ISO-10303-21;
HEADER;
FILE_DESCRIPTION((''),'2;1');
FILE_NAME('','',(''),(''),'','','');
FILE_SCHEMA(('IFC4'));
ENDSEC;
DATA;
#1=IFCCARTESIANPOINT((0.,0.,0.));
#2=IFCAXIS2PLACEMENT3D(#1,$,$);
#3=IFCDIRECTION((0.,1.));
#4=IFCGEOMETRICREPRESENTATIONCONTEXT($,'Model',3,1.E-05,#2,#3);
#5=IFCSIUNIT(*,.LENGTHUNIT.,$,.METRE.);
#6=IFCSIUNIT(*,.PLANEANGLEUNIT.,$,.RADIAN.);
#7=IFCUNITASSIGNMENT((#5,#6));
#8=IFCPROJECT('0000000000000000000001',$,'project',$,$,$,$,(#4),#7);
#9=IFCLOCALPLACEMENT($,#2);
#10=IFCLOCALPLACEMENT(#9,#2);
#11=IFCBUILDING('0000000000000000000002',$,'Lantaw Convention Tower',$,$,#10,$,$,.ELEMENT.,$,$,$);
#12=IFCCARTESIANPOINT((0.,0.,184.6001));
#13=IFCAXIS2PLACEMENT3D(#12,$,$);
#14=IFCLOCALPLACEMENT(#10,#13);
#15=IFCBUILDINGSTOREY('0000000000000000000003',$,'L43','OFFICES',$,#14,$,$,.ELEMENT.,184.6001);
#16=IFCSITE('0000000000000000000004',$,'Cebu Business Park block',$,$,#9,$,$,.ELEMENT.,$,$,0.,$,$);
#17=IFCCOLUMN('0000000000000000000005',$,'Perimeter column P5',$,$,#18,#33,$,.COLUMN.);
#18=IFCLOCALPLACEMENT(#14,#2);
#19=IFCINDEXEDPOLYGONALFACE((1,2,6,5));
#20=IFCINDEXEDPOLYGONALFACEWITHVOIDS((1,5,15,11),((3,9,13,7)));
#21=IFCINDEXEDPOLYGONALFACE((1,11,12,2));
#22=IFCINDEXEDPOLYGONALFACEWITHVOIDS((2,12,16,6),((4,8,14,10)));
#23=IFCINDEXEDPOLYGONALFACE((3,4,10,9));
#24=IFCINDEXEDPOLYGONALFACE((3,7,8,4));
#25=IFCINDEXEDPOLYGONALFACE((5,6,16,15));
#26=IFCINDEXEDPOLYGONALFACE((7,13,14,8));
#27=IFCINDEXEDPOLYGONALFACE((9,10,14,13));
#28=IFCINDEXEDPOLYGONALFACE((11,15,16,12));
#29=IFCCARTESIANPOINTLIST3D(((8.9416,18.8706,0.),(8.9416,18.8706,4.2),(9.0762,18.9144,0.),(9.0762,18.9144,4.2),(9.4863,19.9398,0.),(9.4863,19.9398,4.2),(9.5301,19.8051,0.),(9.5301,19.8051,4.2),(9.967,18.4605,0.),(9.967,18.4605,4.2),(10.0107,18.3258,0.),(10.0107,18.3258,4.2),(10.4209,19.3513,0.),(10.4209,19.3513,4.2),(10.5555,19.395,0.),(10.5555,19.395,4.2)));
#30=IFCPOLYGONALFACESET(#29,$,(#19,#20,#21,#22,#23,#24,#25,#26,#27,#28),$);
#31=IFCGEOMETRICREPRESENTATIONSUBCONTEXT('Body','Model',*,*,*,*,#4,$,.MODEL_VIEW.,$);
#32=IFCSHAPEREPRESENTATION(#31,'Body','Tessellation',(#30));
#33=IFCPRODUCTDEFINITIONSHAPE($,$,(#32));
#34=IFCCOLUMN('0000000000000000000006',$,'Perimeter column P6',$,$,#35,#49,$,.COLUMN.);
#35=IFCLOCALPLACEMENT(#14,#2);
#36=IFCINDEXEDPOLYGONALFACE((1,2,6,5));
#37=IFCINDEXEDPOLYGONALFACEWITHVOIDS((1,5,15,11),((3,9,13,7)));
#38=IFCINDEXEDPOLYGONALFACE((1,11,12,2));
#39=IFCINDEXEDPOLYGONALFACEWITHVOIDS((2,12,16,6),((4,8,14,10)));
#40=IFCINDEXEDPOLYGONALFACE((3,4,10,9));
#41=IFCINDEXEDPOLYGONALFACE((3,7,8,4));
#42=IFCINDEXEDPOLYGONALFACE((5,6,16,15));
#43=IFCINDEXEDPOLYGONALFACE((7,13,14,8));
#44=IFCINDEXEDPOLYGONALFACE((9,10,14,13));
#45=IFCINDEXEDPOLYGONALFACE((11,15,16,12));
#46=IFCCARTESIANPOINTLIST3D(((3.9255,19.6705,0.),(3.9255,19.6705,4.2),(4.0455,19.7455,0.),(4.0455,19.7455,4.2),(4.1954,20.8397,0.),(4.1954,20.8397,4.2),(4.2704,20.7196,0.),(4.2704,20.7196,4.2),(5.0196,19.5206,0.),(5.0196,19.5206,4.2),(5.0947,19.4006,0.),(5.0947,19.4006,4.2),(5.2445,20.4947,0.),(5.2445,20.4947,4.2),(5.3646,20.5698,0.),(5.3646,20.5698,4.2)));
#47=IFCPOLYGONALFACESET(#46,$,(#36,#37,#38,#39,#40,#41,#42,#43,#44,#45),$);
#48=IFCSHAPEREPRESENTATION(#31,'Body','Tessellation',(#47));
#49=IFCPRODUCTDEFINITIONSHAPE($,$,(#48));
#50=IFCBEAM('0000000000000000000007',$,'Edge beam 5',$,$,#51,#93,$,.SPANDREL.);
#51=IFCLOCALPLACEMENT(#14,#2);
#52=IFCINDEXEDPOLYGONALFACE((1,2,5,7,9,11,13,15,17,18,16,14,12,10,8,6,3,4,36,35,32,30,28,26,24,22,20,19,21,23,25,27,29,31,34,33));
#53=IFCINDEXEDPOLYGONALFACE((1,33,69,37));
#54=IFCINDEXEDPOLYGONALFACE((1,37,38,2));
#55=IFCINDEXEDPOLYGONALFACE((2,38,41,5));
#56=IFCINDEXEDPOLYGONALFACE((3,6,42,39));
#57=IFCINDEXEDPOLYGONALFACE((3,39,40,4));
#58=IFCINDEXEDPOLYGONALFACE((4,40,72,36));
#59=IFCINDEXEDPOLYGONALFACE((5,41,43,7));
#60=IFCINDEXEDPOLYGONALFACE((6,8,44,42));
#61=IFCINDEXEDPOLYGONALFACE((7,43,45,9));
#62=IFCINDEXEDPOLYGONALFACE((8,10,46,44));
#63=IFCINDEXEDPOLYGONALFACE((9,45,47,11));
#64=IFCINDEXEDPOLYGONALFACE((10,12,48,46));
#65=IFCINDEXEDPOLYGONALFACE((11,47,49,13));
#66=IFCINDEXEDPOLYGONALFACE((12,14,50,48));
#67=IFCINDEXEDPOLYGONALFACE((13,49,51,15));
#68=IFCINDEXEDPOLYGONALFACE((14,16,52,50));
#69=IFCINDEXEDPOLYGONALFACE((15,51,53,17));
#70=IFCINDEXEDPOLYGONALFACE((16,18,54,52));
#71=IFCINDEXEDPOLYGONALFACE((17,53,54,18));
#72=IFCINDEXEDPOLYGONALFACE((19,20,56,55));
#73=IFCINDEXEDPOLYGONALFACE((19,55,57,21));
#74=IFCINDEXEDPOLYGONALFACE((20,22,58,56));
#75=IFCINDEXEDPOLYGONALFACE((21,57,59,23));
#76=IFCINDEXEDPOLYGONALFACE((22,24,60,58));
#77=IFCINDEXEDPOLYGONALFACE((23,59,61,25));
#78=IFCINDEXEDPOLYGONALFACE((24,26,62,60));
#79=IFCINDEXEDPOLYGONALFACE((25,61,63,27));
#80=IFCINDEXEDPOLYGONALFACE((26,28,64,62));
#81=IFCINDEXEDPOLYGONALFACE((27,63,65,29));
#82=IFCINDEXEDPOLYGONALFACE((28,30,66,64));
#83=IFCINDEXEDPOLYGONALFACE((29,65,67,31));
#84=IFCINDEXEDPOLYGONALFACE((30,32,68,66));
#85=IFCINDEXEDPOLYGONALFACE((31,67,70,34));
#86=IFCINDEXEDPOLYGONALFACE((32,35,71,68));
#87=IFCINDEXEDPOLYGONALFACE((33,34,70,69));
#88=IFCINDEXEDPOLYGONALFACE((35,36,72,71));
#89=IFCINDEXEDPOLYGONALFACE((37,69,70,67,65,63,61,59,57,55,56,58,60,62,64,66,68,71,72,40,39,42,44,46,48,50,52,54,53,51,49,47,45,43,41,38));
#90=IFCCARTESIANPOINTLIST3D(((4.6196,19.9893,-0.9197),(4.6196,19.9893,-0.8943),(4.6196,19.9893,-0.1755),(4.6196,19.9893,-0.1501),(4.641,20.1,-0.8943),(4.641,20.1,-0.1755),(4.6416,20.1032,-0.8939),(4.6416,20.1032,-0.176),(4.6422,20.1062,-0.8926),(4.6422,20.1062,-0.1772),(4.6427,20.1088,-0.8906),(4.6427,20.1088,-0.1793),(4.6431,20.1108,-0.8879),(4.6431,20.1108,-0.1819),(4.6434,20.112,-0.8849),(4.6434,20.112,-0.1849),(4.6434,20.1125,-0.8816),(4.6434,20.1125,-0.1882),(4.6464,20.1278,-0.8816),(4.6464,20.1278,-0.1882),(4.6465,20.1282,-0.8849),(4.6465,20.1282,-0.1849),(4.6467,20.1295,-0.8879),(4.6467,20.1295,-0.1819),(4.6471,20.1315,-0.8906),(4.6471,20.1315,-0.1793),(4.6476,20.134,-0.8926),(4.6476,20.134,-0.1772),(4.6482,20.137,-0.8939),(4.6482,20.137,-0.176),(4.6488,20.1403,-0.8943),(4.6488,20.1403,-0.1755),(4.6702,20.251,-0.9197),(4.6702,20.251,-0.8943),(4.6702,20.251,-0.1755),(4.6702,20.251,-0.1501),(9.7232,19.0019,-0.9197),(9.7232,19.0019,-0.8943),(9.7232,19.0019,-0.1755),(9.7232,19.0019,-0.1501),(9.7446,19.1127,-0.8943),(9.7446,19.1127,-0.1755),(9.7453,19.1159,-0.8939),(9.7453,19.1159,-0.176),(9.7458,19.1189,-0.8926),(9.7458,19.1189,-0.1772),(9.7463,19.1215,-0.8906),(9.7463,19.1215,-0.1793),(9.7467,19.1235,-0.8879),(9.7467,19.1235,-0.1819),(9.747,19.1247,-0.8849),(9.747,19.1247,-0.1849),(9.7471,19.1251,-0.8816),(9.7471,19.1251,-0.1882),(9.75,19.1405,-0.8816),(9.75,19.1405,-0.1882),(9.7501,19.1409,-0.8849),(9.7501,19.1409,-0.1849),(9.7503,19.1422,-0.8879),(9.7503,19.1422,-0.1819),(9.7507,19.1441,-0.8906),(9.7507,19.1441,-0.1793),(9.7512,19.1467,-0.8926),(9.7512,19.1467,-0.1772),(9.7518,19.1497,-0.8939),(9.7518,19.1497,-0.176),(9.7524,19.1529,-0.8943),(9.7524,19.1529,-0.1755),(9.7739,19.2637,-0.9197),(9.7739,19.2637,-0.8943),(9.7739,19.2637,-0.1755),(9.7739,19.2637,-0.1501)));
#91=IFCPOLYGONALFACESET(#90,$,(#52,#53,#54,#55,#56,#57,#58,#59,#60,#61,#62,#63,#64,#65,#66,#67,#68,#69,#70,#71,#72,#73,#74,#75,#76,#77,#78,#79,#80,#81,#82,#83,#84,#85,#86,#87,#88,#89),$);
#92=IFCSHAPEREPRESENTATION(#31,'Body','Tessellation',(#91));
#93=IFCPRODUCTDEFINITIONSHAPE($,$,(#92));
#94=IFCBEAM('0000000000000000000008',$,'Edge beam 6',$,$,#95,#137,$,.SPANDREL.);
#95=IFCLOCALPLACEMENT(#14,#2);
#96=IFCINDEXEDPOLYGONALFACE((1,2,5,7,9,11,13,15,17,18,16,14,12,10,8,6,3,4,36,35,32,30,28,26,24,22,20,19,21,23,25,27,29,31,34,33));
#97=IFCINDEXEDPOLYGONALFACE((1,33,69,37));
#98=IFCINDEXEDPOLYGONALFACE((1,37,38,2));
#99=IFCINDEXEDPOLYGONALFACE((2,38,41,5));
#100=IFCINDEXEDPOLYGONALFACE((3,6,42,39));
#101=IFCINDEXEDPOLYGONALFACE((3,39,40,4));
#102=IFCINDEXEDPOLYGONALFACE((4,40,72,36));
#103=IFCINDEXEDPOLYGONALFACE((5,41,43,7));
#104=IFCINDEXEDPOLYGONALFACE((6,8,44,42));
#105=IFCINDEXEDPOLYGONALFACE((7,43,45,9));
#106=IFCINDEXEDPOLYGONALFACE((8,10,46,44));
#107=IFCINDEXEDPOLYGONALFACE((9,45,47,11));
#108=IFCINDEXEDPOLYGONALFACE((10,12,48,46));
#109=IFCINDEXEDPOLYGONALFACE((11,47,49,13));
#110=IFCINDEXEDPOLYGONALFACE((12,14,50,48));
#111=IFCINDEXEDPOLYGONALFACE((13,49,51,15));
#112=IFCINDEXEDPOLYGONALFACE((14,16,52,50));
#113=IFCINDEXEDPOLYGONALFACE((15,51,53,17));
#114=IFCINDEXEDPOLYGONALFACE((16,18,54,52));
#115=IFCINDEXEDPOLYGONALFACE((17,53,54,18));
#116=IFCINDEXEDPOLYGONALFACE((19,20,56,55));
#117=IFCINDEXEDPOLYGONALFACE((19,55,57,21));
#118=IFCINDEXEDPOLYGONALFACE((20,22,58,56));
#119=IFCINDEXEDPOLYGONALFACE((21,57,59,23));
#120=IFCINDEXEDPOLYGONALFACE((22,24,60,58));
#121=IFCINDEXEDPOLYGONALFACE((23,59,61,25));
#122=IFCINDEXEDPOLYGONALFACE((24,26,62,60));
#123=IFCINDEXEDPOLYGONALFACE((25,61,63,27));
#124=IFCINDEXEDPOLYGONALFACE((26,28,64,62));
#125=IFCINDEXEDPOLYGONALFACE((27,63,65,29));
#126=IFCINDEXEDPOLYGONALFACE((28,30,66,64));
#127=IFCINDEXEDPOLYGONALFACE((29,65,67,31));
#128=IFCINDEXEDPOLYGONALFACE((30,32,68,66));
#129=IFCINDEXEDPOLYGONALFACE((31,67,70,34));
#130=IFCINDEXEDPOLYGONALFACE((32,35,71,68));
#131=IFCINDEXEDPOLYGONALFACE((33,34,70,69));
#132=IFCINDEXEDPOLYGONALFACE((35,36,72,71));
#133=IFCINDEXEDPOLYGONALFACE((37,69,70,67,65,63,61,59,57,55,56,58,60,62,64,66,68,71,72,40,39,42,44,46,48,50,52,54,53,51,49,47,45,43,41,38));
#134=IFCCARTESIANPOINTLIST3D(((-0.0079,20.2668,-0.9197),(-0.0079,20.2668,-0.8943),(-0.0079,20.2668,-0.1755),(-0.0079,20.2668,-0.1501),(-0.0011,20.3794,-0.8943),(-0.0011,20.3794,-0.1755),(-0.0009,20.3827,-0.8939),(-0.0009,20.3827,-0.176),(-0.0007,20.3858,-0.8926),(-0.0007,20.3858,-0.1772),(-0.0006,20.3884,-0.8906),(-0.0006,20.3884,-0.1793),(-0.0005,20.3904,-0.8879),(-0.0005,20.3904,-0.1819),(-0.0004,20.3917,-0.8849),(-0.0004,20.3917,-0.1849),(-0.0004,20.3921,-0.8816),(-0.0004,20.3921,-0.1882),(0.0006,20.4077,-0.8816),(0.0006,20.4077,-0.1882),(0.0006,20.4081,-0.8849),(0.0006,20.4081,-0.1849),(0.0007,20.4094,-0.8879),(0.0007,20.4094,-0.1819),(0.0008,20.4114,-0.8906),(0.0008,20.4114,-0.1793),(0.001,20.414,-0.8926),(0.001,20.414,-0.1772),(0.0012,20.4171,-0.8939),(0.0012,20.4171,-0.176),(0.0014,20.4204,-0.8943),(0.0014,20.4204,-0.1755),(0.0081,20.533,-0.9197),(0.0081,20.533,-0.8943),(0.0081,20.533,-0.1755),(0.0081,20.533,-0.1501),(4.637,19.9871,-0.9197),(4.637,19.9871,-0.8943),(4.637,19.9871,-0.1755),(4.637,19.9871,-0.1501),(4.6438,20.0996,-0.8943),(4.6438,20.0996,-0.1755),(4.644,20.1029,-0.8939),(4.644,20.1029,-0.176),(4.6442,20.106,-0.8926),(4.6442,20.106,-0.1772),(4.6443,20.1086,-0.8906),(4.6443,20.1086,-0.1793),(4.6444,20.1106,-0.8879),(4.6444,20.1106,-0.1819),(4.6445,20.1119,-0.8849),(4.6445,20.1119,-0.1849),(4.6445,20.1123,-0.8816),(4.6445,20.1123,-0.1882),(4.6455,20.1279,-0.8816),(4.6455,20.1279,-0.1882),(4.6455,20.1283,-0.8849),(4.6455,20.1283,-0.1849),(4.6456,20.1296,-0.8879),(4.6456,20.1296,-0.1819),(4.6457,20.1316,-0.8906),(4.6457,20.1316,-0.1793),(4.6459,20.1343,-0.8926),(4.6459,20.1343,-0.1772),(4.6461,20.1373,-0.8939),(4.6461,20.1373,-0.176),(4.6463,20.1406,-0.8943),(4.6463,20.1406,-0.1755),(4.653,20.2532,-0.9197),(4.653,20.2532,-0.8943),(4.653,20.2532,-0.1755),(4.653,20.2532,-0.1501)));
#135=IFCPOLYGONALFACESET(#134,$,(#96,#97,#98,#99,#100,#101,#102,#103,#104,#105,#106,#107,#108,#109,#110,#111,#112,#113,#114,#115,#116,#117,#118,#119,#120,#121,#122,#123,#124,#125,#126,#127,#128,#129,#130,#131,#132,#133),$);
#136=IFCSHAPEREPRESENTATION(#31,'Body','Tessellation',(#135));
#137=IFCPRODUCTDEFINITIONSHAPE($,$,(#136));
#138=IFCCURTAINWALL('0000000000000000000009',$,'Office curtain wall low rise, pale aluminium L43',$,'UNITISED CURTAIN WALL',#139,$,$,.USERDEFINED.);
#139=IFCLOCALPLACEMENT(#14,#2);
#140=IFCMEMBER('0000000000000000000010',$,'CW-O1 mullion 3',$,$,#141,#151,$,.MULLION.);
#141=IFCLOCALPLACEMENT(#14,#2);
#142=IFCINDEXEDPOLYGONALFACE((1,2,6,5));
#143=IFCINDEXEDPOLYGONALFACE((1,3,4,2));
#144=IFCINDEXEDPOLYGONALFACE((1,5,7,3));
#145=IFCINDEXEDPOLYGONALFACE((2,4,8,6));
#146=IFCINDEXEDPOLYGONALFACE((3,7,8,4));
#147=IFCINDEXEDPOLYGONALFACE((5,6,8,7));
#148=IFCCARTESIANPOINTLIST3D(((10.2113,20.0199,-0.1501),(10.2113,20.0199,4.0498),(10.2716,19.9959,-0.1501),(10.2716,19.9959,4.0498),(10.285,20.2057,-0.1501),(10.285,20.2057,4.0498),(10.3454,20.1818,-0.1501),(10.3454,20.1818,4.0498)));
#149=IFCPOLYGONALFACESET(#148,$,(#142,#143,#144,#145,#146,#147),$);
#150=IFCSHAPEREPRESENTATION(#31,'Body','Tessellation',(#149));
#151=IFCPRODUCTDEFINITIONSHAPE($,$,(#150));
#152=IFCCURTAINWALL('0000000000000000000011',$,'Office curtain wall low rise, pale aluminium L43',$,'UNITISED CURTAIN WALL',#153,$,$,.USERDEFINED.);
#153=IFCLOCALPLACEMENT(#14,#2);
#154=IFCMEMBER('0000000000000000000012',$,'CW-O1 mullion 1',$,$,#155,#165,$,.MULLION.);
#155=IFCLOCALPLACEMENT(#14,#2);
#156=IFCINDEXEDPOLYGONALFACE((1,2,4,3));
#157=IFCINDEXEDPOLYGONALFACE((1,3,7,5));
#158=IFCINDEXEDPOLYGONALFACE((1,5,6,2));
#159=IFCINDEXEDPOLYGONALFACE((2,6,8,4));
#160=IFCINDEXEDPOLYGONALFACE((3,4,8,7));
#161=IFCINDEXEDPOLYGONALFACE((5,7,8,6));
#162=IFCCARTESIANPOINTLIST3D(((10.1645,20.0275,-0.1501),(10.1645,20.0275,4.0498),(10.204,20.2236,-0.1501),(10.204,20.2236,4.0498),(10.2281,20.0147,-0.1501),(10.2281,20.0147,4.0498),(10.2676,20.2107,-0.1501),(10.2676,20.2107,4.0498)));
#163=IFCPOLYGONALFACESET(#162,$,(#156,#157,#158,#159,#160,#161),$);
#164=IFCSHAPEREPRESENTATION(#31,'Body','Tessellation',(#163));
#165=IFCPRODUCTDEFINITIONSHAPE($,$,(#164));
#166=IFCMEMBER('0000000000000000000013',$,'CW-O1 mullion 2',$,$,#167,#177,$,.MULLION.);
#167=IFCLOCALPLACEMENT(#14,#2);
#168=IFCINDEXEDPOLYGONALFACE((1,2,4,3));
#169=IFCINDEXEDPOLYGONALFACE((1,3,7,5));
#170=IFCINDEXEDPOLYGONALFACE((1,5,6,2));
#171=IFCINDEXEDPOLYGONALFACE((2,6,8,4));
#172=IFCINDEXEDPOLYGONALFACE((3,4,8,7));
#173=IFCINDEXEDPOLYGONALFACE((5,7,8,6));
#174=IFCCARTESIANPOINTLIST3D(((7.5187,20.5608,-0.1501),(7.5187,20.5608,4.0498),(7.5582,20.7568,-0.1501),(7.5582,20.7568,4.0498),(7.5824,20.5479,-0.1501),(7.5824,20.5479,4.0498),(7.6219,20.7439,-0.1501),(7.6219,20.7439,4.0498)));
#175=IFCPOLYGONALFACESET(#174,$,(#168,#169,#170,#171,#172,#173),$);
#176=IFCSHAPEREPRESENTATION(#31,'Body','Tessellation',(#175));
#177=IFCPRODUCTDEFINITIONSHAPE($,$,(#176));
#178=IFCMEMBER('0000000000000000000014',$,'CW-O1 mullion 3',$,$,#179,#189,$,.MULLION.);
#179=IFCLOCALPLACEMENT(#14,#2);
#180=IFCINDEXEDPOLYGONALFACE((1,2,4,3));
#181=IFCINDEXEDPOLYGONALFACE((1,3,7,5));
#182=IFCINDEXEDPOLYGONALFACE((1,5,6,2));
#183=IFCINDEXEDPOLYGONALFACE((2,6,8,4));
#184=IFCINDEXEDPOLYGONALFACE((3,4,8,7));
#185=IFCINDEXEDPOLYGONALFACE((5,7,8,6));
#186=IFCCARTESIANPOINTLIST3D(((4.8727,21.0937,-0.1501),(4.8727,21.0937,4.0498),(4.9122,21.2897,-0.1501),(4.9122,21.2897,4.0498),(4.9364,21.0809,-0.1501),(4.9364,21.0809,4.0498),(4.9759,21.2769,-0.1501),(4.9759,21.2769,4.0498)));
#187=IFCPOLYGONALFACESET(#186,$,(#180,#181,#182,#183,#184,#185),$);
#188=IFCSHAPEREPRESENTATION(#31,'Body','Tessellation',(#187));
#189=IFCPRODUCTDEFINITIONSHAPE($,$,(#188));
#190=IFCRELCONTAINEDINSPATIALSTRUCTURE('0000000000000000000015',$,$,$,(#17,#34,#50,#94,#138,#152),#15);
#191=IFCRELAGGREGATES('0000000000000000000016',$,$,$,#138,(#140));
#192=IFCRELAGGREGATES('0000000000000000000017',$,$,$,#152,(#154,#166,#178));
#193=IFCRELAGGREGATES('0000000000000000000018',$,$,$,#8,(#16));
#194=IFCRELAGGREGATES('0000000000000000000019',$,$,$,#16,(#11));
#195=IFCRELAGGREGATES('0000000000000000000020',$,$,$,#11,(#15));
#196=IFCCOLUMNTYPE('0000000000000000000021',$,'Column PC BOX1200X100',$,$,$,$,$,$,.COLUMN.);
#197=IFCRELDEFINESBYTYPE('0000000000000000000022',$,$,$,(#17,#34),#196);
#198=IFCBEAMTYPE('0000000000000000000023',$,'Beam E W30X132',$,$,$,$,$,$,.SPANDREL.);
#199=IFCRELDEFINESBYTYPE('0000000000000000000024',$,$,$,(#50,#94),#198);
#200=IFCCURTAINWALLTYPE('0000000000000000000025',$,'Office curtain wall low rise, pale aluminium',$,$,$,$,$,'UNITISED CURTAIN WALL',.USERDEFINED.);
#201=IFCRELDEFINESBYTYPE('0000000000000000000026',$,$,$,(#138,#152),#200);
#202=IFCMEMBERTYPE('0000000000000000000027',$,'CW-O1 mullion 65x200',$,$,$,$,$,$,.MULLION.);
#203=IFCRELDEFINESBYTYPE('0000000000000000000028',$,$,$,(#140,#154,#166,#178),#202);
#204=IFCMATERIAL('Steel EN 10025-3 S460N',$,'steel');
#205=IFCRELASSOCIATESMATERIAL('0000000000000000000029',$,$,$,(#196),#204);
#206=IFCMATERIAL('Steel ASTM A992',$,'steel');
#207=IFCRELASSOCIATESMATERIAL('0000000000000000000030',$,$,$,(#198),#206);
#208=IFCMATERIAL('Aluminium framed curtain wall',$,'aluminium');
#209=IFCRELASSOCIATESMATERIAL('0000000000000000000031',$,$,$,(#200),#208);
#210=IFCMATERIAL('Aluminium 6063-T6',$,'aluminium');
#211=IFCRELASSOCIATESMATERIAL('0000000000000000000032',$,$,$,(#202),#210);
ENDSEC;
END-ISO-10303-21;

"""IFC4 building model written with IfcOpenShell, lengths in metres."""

from ifc_helpers import new_model, si_unit, direction, frame, origin, origin_2d, place, context, subcontext, project, spatial, rectangle, hollow_rectangle, i_section, extrude, material, material_profile, profile_set, type_object, element, aggregate, save


model = new_model("IFC4")

# Units and contexts
model_context = context("Model", 3, precision=1e-05, world=origin(), true_north=direction((0.0, 1.0)))
body_context = subcontext(model_context, "Body", "Model", "MODEL_VIEW")
ifc_project = project(units=[si_unit("LENGTHUNIT", "METRE"), si_unit("PLANEANGLEUNIT", "RADIAN")], contexts=[model_context])

# Site, building, storey
site_placement = place(None, origin())
site = spatial("IfcSite", under=ifc_project, at=site_placement, Name="Cebu Business Park block", CompositionType="ELEMENT", RefElevation=0.0)
building_placement = place(site_placement, origin())
building = spatial("IfcBuilding", under=site, at=building_placement, Name="Lantaw Convention Tower", CompositionType="ELEMENT")
storey_placement = place(building_placement, frame((0.0, 0.0, 184.6001)))
storey = spatial("IfcBuildingStorey", under=building, at=storey_placement, Name="L43", Description="OFFICES", CompositionType="ELEMENT", Elevation=184.6001)

# Columns
ifc_material_1 = material(Name="Steel EN 10025-3 S460N", Category="steel")
ifc_material_profile_1 = material_profile(ifc_material_1, hollow_rectangle(XDim=1.2, YDim=1.2, WallThickness=0.1001, at=origin_2d()), Name="BOX1200X100")
ifc_material_2 = material(Name="Concrete C60/75", Category="concrete")
ifc_material_profile_2 = material_profile(ifc_material_2, rectangle(XDim=1.0, YDim=1.0, at=origin_2d()), Name="Concrete fill of BOX1200X100")
ifc_profile_set_1 = profile_set([ifc_material_profile_1, ifc_material_profile_2], Name="Steel EN 10025-3 S460N")
column_type = type_object("IfcColumnType", Name="Column PC BOX1200X100", PredefinedType="COLUMN", material=ifc_profile_set_1)
for number, where, z_axis, x_axis, name in (
    (1, (9.7485, 19.1328, 0.0), (0.0, 0.0, 1.0), (0.45399, 0.891007, 0.0), "Perimeter column P5"),
    (2, (4.645, 20.1201, 0.0), (0.0, 0.0, 1.0), (0.224951, 0.97437, 0.0), "Perimeter column P6"),
):
    element("IfcColumn", number, at=place(storey_placement, frame(where, z_axis=z_axis, x_axis=x_axis)), inside=storey, type_object=column_type, Name=name, PredefinedType="COLUMN", context=body_context, shape_type="SweptSolid", body=[
        extrude(hollow_rectangle(XDim=1.2, YDim=1.2, WallThickness=0.1001, at=origin_2d()), origin(), (0.0, 0.0, 1.0), 4.2),
    ])

# Beams
ifc_material_3 = material(Name="Steel ASTM A992", Category="steel")
ifc_material_profile_3 = material_profile(ifc_material_3, i_section(OverallWidth=0.2666, OverallDepth=0.7695, WebThickness=0.0156, FlangeThickness=0.0254, FilletRadius=0.0127, at=origin_2d()), Name="W30X132")
ifc_profile_set_2 = profile_set([ifc_material_profile_3], Name="Steel ASTM A992")
beam_type = type_object("IfcBeamType", Name="Beam E W30X132", PredefinedType="SPANDREL", material=ifc_profile_set_2)
beam_1_placement = place(storey_placement, frame((9.7485, 19.1328, -0.5349), z_axis=(-0.981797, 0.189934, 0.0), x_axis=(-0.189934, -0.981797, 0.0)))
element("IfcBeam", 3, at=beam_1_placement, inside=storey, type_object=beam_type, Name="Edge beam 5", PredefinedType="SPANDREL", context=body_context, shape_type="SweptSolid", body=[
    extrude(i_section(OverallWidth=0.2666, OverallDepth=0.7695, WebThickness=0.0156, FlangeThickness=0.0254, FilletRadius=0.0127, at=origin_2d()), origin(), (0.0, 0.0, 1.0), 5.1982),
])
beam_2_placement = place(storey_placement, frame((4.645, 20.1201, -0.5349), z_axis=(-0.998191, 0.060124, 0.0), x_axis=(-0.060124, -0.998191, 0.0)))
element("IfcBeam", 4, at=beam_2_placement, inside=storey, type_object=beam_type, Name="Edge beam 6", PredefinedType="SPANDREL", context=body_context, shape_type="SweptSolid", body=[
    extrude(i_section(OverallWidth=0.2666, OverallDepth=0.7695, WebThickness=0.0156, FlangeThickness=0.0254, FilletRadius=0.0127, at=origin_2d()), origin(), (0.0, 0.0, 1.0), 4.6533),
])

# Curtain wall, member
ifc_material_4 = material(Name="Aluminium framed curtain wall", Category="aluminium")
curtain_wall_type = type_object("IfcCurtainWallType", Name="Office curtain wall low rise, pale aluminium", ElementType="UNITISED CURTAIN WALL", PredefinedType="USERDEFINED", material=ifc_material_4)
curtain_wall_1_placement = place(storey_placement, origin())
curtain_wall_1 = element("IfcCurtainWall", 5, at=curtain_wall_1_placement, inside=storey, type_object=curtain_wall_type, Name="Office curtain wall low rise, pale aluminium L43", ObjectType="UNITISED CURTAIN WALL", PredefinedType="USERDEFINED")
ifc_material_5 = material(Name="Aluminium 6063-T6", Category="aluminium")
ifc_material_profile_4 = material_profile(ifc_material_5, rectangle(XDim=0.2, YDim=0.0649, at=origin_2d()), Name="CW-O1 mullion 65x200")
ifc_profile_set_3 = profile_set([ifc_material_profile_4], Name="Aluminium 6063-T6")
member_type_1 = type_object("IfcMemberType", Name="CW-O1 mullion 65x200", PredefinedType="MULLION", material=ifc_profile_set_3)
member_1_placement = place(storey_placement, frame((10.2783, 20.1008, -0.1501), z_axis=(0.0, 0.0, 1.0), x_axis=(-0.368702, -0.929548, 0.0)))
member_1 = element("IfcMember", 6, at=member_1_placement, type_object=member_type_1, Name="CW-O1 mullion 3", PredefinedType="MULLION", context=body_context, shape_type="SweptSolid", body=[
    extrude(rectangle(XDim=0.2, YDim=0.0649, at=origin_2d()), origin(), (0.0, 0.0, 1.0), 4.2),
])

# Curtain wall, members
curtain_wall_2_placement = place(storey_placement, origin())
curtain_wall_2 = element("IfcCurtainWall", 7, at=curtain_wall_2_placement, inside=storey, type_object=curtain_wall_type, Name="Office curtain wall low rise, pale aluminium L43", ObjectType="UNITISED CURTAIN WALL", PredefinedType="USERDEFINED")
member_2_placement = place(storey_placement, frame((10.2161, 20.1191, -0.1501), z_axis=(0.0, 0.0, 1.0), x_axis=(-0.197507, -0.980302, 0.0)))
member_2 = element("IfcMember", 8, at=member_2_placement, type_object=member_type_1, Name="CW-O1 mullion 1", PredefinedType="MULLION", context=body_context, shape_type="SweptSolid", body=[
    extrude(rectangle(XDim=0.2, YDim=0.0649, at=origin_2d()), origin(), (0.0, 0.0, 1.0), 4.2),
])
member_3_placement = place(storey_placement, frame((7.5703, 20.6523, -0.1501), z_axis=(0.0, 0.0, 1.0), x_axis=(-0.197507, -0.980302, 0.0)))
member_3 = element("IfcMember", 9, at=member_3_placement, type_object=member_type_1, Name="CW-O1 mullion 2", PredefinedType="MULLION", context=body_context, shape_type="SweptSolid", body=[
    extrude(rectangle(XDim=0.2, YDim=0.0649, at=origin_2d()), origin(), (0.0, 0.0, 1.0), 4.2),
])
member_4_placement = place(storey_placement, frame((4.9243, 21.1853, -0.1501), z_axis=(0.0, 0.0, 1.0), x_axis=(-0.197507, -0.980302, 0.0)))
member_4 = element("IfcMember", 10, at=member_4_placement, type_object=member_type_1, Name="CW-O1 mullion 3", PredefinedType="MULLION", context=body_context, shape_type="SweptSolid", body=[
    extrude(rectangle(XDim=0.2, YDim=0.0649, at=origin_2d()), origin(), (0.0, 0.0, 1.0), 4.2),
])

aggregate(curtain_wall_1, [member_1])
aggregate(curtain_wall_2, [member_2, member_3, member_4])

save(model, "model.ifc")
